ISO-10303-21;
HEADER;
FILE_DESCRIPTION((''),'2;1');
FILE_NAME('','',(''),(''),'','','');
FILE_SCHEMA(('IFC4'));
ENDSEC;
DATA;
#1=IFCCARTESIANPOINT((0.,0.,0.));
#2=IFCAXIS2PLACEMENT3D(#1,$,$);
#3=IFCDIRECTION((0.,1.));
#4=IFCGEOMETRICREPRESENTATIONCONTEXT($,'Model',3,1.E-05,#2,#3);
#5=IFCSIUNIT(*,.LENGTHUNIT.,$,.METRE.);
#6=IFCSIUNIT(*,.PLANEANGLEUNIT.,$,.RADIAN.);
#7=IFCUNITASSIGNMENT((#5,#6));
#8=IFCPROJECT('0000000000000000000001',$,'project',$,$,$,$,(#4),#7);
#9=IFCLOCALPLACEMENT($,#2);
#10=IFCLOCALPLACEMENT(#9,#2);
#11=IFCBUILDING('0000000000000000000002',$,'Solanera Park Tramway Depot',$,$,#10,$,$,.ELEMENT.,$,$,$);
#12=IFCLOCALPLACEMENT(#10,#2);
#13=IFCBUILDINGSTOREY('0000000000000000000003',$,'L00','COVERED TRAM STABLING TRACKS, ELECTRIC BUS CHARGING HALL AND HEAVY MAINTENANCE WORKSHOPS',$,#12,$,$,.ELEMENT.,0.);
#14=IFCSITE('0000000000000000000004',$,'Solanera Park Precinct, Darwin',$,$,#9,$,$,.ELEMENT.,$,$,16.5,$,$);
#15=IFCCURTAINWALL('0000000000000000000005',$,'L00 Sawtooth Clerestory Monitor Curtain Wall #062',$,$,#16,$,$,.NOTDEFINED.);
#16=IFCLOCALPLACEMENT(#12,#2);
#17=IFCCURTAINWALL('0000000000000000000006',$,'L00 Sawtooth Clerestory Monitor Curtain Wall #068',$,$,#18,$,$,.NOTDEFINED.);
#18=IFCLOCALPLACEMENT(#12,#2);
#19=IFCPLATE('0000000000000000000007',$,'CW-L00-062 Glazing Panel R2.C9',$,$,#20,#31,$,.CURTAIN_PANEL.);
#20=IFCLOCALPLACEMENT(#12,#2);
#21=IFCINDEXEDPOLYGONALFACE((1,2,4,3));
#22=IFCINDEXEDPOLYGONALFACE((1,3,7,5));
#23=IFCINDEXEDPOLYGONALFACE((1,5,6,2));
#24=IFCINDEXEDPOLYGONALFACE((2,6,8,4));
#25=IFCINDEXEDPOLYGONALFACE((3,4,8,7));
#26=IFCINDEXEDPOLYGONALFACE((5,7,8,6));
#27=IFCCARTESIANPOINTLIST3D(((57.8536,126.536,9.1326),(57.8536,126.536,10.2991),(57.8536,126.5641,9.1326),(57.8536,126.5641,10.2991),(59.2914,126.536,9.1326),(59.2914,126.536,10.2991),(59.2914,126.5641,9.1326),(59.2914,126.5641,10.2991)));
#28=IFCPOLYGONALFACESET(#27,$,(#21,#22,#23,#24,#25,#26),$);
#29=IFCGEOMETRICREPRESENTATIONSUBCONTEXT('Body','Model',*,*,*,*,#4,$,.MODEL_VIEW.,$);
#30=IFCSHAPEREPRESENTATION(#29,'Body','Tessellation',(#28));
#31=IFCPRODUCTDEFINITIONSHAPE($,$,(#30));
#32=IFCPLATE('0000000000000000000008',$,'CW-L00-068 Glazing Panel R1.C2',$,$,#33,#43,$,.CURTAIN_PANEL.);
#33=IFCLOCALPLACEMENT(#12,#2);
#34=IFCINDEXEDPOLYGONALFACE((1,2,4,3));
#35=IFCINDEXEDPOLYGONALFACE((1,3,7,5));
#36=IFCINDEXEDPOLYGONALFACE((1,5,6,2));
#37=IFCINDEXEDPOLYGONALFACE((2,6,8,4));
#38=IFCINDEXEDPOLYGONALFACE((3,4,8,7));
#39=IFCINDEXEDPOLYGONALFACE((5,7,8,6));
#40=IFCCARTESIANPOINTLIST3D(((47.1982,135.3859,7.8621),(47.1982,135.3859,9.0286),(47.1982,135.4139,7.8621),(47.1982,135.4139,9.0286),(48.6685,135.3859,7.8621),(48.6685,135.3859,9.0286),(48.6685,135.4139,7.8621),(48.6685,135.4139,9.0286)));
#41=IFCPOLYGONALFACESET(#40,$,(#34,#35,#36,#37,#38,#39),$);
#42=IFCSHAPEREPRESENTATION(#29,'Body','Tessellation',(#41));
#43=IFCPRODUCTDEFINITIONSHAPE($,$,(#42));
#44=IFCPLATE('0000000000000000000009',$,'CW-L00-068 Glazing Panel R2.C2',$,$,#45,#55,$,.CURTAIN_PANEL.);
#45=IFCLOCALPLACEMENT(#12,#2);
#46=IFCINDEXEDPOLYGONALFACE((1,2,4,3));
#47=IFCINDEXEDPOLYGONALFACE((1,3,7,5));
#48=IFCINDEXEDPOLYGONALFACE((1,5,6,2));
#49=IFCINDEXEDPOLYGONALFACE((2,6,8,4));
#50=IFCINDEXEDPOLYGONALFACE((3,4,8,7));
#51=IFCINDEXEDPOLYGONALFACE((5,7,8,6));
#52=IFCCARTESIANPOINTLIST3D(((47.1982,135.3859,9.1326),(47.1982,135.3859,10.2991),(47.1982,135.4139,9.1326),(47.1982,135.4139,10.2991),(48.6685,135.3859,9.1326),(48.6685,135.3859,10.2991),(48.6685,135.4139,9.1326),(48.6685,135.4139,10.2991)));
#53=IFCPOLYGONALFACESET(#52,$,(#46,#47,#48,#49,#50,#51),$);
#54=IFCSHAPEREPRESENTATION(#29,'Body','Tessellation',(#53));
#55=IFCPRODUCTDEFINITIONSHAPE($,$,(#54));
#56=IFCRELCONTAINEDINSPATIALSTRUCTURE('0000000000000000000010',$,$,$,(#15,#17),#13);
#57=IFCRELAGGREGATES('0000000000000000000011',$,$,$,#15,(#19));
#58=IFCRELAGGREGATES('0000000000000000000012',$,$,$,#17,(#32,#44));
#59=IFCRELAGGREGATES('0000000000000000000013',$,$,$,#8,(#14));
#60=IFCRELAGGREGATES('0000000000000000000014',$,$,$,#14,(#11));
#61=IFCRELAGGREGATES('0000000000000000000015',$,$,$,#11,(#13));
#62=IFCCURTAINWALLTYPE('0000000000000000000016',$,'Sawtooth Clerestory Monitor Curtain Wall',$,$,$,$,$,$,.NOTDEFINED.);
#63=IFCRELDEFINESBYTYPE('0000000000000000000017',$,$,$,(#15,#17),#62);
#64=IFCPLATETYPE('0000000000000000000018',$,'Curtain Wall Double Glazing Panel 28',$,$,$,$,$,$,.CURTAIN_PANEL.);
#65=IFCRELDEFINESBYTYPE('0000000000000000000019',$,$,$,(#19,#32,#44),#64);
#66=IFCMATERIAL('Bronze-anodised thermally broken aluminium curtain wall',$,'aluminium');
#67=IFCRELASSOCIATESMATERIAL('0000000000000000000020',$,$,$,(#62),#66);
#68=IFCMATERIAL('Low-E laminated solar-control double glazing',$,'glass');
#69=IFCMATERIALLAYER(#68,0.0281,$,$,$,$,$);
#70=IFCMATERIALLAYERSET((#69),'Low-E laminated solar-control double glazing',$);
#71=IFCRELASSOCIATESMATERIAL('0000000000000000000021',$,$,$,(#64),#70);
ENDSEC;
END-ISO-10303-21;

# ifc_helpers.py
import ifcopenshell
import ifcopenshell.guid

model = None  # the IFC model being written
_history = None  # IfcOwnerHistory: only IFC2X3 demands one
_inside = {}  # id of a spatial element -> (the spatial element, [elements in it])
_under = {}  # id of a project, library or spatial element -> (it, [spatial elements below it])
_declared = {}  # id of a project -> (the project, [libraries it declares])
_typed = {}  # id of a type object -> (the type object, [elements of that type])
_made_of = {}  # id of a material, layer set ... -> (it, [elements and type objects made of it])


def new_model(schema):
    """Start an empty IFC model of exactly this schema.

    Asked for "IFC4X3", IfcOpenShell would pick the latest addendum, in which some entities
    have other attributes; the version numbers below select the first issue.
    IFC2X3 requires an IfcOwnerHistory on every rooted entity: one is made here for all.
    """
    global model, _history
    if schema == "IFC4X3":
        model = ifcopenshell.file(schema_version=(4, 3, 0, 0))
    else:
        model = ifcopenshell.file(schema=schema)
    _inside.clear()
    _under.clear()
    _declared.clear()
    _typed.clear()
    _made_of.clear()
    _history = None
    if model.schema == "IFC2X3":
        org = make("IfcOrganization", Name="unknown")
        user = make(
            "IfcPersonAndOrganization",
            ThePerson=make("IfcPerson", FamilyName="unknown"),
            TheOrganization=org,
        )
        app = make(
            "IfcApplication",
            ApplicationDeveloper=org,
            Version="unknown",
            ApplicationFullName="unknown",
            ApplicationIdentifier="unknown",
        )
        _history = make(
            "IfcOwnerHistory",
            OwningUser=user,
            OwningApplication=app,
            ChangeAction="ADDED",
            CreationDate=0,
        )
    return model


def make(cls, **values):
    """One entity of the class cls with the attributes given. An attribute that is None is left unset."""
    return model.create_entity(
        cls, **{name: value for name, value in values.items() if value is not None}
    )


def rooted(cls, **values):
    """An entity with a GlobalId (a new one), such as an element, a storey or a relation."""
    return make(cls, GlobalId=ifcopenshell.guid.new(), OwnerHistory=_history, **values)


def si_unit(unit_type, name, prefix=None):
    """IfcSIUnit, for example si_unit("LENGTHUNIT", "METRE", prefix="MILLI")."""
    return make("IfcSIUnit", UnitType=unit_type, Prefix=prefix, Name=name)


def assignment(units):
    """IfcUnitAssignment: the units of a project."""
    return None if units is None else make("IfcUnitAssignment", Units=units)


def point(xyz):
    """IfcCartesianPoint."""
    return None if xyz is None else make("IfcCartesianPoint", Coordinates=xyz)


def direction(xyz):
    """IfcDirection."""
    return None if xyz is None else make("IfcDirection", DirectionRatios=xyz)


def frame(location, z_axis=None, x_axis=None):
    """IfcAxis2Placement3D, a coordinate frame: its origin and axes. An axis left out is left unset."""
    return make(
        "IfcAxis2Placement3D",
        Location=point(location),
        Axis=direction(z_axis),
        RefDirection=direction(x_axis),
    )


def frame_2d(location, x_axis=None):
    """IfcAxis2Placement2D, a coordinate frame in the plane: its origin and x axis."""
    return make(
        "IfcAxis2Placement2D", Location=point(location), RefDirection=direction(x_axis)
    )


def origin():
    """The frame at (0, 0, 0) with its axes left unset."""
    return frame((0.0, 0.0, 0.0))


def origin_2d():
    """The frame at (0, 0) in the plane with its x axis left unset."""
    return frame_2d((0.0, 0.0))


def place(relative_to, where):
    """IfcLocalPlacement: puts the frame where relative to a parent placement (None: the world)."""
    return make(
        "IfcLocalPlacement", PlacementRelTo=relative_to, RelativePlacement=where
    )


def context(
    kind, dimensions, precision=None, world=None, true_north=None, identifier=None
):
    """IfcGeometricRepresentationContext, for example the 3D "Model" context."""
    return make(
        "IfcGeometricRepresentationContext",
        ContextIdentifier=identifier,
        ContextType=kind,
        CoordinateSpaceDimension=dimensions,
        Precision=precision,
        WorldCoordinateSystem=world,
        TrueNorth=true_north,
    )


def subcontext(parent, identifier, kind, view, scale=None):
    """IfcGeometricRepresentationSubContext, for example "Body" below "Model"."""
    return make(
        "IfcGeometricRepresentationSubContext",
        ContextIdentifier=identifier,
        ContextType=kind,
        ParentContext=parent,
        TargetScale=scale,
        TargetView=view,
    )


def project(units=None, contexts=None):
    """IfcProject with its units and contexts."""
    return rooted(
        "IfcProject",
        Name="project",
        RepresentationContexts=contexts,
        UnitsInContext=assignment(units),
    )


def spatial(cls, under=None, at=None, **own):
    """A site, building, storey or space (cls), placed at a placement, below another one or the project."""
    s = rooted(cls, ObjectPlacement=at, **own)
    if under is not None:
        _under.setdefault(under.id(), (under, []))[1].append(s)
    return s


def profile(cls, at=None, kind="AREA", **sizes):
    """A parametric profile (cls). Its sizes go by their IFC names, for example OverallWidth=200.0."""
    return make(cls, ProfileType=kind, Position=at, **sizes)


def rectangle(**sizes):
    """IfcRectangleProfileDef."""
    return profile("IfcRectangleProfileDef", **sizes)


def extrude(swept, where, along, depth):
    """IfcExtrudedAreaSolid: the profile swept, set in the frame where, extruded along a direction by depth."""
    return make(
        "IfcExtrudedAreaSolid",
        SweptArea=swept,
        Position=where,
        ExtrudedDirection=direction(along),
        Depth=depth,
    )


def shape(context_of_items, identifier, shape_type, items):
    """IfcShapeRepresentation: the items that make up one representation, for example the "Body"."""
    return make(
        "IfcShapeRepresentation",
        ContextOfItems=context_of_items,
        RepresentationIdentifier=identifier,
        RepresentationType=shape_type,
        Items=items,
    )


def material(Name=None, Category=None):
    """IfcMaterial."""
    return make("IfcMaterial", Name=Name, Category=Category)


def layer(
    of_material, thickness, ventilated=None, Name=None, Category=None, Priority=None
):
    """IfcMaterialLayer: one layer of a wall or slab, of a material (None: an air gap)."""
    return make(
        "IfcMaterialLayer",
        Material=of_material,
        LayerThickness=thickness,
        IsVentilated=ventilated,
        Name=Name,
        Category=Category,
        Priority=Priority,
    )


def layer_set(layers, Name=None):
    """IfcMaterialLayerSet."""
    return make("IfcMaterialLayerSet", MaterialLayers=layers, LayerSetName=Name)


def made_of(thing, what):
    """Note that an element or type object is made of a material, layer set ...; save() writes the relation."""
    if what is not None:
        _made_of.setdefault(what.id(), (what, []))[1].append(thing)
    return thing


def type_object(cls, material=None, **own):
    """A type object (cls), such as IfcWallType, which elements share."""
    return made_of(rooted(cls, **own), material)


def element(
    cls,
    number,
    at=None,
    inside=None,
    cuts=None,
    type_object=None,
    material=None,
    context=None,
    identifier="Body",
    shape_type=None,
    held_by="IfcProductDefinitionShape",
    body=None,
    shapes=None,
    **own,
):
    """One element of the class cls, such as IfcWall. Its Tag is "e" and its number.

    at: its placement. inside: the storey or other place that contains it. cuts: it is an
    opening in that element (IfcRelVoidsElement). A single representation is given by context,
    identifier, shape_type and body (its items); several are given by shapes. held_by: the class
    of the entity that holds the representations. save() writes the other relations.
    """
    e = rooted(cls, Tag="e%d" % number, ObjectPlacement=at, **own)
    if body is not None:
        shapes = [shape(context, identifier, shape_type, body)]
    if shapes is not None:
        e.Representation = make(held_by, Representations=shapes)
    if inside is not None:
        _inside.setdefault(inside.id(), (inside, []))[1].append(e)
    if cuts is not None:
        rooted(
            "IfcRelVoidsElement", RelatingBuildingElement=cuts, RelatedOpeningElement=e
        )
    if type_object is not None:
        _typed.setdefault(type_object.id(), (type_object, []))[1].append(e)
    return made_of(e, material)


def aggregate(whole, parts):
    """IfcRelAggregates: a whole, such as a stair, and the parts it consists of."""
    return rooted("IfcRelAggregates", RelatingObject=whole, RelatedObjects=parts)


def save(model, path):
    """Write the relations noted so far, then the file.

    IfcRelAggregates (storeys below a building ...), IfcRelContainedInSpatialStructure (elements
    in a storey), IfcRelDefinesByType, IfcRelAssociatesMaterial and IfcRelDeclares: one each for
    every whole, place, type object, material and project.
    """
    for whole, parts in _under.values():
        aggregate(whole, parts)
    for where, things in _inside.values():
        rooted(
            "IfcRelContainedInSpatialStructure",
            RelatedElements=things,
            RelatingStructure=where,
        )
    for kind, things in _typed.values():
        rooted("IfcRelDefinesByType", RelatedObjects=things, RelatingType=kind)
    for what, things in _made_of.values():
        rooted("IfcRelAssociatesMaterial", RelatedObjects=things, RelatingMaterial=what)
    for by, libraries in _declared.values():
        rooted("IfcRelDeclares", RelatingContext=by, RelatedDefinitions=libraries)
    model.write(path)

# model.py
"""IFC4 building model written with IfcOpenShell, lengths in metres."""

from ifc_helpers import new_model, si_unit, direction, frame, origin, origin_2d, place, context, subcontext, project, spatial, rectangle, extrude, material, layer, layer_set, type_object, element, aggregate, save


model = new_model("IFC4")

# Units and contexts
model_context = context("Model", 3, precision=1e-05, world=origin(), true_north=direction((0.0, 1.0)))
body_context = subcontext(model_context, "Body", "Model", "MODEL_VIEW")
ifc_project = project(units=[si_unit("LENGTHUNIT", "METRE"), si_unit("PLANEANGLEUNIT", "RADIAN")], contexts=[model_context])

# Site, building, storey
site_placement = place(None, origin())
site = spatial("IfcSite", under=ifc_project, at=site_placement, Name="Solanera Park Precinct, Darwin", CompositionType="ELEMENT", RefElevation=16.5)
building_placement = place(site_placement, origin())
building = spatial("IfcBuilding", under=site, at=building_placement, Name="Solanera Park Tramway Depot", CompositionType="ELEMENT")
storey_placement = place(building_placement, origin())
storey = spatial("IfcBuildingStorey", under=building, at=storey_placement, Name="L00", Description="COVERED TRAM STABLING TRACKS, ELECTRIC BUS CHARGING HALL AND HEAVY MAINTENANCE WORKSHOPS", CompositionType="ELEMENT", Elevation=0.0)

# Curtain wall
ifc_material_1 = material(Name="Bronze-anodised thermally broken aluminium curtain wall", Category="aluminium")
curtain_wall_type = type_object("IfcCurtainWallType", Name="Sawtooth Clerestory Monitor Curtain Wall", PredefinedType="NOTDEFINED", material=ifc_material_1)
curtain_wall_1_placement = place(storey_placement, origin())
curtain_wall_1 = element("IfcCurtainWall", 1, at=curtain_wall_1_placement, inside=storey, type_object=curtain_wall_type, Name="L00 Sawtooth Clerestory Monitor Curtain Wall #062", PredefinedType="NOTDEFINED")

# Curtain wall
curtain_wall_2_placement = place(storey_placement, origin())
curtain_wall_2 = element("IfcCurtainWall", 2, at=curtain_wall_2_placement, inside=storey, type_object=curtain_wall_type, Name="L00 Sawtooth Clerestory Monitor Curtain Wall #068", PredefinedType="NOTDEFINED")

# Plates
ifc_material_2 = material(Name="Low-E laminated solar-control double glazing", Category="glass")
ifc_layer = layer(ifc_material_2, 0.0281)
ifc_layer_set = layer_set([ifc_layer], Name="Low-E laminated solar-control double glazing")
plate_type = type_object("IfcPlateType", Name="Curtain Wall Double Glazing Panel 28", PredefinedType="CURTAIN_PANEL", material=ifc_layer_set)
plate_1_placement = place(storey_placement, frame((58.5725, 126.55, 9.1326), z_axis=(0.0, 0.0, 1.0), x_axis=(1.0, 0.0, 0.0)))
plate_1 = element("IfcPlate", 3, at=plate_1_placement, type_object=plate_type, Name="CW-L00-062 Glazing Panel R2.C9", PredefinedType="CURTAIN_PANEL", context=body_context, shape_type="SweptSolid", body=[
    extrude(rectangle(XDim=1.4377, YDim=0.0281, at=origin_2d()), origin(), (0.0, 0.0, 1.0), 1.1665),
])
aggregate(curtain_wall_1, [plate_1])
plate_2_placement = place(storey_placement, frame((47.9333, 135.3999, 7.8621), z_axis=(0.0, 0.0, 1.0), x_axis=(1.0, 0.0, 0.0)))
plate_2 = element("IfcPlate", 4, at=plate_2_placement, type_object=plate_type, Name="CW-L00-068 Glazing Panel R1.C2", PredefinedType="CURTAIN_PANEL", context=body_context, shape_type="SweptSolid", body=[
    extrude(rectangle(XDim=1.4702, YDim=0.0281, at=origin_2d()), origin(), (0.0, 0.0, 1.0), 1.1665),
])
plate_3_placement = place(storey_placement, frame((47.9333, 135.3999, 9.1326), z_axis=(0.0, 0.0, 1.0), x_axis=(1.0, 0.0, 0.0)))
plate_3 = element("IfcPlate", 5, at=plate_3_placement, type_object=plate_type, Name="CW-L00-068 Glazing Panel R2.C2", PredefinedType="CURTAIN_PANEL", context=body_context, shape_type="SweptSolid", body=[
    extrude(rectangle(XDim=1.4702, YDim=0.0281, at=origin_2d()), origin(), (0.0, 0.0, 1.0), 1.1665),
])
aggregate(curtain_wall_2, [plate_2, plate_3])

save(model, "model.ifc")
